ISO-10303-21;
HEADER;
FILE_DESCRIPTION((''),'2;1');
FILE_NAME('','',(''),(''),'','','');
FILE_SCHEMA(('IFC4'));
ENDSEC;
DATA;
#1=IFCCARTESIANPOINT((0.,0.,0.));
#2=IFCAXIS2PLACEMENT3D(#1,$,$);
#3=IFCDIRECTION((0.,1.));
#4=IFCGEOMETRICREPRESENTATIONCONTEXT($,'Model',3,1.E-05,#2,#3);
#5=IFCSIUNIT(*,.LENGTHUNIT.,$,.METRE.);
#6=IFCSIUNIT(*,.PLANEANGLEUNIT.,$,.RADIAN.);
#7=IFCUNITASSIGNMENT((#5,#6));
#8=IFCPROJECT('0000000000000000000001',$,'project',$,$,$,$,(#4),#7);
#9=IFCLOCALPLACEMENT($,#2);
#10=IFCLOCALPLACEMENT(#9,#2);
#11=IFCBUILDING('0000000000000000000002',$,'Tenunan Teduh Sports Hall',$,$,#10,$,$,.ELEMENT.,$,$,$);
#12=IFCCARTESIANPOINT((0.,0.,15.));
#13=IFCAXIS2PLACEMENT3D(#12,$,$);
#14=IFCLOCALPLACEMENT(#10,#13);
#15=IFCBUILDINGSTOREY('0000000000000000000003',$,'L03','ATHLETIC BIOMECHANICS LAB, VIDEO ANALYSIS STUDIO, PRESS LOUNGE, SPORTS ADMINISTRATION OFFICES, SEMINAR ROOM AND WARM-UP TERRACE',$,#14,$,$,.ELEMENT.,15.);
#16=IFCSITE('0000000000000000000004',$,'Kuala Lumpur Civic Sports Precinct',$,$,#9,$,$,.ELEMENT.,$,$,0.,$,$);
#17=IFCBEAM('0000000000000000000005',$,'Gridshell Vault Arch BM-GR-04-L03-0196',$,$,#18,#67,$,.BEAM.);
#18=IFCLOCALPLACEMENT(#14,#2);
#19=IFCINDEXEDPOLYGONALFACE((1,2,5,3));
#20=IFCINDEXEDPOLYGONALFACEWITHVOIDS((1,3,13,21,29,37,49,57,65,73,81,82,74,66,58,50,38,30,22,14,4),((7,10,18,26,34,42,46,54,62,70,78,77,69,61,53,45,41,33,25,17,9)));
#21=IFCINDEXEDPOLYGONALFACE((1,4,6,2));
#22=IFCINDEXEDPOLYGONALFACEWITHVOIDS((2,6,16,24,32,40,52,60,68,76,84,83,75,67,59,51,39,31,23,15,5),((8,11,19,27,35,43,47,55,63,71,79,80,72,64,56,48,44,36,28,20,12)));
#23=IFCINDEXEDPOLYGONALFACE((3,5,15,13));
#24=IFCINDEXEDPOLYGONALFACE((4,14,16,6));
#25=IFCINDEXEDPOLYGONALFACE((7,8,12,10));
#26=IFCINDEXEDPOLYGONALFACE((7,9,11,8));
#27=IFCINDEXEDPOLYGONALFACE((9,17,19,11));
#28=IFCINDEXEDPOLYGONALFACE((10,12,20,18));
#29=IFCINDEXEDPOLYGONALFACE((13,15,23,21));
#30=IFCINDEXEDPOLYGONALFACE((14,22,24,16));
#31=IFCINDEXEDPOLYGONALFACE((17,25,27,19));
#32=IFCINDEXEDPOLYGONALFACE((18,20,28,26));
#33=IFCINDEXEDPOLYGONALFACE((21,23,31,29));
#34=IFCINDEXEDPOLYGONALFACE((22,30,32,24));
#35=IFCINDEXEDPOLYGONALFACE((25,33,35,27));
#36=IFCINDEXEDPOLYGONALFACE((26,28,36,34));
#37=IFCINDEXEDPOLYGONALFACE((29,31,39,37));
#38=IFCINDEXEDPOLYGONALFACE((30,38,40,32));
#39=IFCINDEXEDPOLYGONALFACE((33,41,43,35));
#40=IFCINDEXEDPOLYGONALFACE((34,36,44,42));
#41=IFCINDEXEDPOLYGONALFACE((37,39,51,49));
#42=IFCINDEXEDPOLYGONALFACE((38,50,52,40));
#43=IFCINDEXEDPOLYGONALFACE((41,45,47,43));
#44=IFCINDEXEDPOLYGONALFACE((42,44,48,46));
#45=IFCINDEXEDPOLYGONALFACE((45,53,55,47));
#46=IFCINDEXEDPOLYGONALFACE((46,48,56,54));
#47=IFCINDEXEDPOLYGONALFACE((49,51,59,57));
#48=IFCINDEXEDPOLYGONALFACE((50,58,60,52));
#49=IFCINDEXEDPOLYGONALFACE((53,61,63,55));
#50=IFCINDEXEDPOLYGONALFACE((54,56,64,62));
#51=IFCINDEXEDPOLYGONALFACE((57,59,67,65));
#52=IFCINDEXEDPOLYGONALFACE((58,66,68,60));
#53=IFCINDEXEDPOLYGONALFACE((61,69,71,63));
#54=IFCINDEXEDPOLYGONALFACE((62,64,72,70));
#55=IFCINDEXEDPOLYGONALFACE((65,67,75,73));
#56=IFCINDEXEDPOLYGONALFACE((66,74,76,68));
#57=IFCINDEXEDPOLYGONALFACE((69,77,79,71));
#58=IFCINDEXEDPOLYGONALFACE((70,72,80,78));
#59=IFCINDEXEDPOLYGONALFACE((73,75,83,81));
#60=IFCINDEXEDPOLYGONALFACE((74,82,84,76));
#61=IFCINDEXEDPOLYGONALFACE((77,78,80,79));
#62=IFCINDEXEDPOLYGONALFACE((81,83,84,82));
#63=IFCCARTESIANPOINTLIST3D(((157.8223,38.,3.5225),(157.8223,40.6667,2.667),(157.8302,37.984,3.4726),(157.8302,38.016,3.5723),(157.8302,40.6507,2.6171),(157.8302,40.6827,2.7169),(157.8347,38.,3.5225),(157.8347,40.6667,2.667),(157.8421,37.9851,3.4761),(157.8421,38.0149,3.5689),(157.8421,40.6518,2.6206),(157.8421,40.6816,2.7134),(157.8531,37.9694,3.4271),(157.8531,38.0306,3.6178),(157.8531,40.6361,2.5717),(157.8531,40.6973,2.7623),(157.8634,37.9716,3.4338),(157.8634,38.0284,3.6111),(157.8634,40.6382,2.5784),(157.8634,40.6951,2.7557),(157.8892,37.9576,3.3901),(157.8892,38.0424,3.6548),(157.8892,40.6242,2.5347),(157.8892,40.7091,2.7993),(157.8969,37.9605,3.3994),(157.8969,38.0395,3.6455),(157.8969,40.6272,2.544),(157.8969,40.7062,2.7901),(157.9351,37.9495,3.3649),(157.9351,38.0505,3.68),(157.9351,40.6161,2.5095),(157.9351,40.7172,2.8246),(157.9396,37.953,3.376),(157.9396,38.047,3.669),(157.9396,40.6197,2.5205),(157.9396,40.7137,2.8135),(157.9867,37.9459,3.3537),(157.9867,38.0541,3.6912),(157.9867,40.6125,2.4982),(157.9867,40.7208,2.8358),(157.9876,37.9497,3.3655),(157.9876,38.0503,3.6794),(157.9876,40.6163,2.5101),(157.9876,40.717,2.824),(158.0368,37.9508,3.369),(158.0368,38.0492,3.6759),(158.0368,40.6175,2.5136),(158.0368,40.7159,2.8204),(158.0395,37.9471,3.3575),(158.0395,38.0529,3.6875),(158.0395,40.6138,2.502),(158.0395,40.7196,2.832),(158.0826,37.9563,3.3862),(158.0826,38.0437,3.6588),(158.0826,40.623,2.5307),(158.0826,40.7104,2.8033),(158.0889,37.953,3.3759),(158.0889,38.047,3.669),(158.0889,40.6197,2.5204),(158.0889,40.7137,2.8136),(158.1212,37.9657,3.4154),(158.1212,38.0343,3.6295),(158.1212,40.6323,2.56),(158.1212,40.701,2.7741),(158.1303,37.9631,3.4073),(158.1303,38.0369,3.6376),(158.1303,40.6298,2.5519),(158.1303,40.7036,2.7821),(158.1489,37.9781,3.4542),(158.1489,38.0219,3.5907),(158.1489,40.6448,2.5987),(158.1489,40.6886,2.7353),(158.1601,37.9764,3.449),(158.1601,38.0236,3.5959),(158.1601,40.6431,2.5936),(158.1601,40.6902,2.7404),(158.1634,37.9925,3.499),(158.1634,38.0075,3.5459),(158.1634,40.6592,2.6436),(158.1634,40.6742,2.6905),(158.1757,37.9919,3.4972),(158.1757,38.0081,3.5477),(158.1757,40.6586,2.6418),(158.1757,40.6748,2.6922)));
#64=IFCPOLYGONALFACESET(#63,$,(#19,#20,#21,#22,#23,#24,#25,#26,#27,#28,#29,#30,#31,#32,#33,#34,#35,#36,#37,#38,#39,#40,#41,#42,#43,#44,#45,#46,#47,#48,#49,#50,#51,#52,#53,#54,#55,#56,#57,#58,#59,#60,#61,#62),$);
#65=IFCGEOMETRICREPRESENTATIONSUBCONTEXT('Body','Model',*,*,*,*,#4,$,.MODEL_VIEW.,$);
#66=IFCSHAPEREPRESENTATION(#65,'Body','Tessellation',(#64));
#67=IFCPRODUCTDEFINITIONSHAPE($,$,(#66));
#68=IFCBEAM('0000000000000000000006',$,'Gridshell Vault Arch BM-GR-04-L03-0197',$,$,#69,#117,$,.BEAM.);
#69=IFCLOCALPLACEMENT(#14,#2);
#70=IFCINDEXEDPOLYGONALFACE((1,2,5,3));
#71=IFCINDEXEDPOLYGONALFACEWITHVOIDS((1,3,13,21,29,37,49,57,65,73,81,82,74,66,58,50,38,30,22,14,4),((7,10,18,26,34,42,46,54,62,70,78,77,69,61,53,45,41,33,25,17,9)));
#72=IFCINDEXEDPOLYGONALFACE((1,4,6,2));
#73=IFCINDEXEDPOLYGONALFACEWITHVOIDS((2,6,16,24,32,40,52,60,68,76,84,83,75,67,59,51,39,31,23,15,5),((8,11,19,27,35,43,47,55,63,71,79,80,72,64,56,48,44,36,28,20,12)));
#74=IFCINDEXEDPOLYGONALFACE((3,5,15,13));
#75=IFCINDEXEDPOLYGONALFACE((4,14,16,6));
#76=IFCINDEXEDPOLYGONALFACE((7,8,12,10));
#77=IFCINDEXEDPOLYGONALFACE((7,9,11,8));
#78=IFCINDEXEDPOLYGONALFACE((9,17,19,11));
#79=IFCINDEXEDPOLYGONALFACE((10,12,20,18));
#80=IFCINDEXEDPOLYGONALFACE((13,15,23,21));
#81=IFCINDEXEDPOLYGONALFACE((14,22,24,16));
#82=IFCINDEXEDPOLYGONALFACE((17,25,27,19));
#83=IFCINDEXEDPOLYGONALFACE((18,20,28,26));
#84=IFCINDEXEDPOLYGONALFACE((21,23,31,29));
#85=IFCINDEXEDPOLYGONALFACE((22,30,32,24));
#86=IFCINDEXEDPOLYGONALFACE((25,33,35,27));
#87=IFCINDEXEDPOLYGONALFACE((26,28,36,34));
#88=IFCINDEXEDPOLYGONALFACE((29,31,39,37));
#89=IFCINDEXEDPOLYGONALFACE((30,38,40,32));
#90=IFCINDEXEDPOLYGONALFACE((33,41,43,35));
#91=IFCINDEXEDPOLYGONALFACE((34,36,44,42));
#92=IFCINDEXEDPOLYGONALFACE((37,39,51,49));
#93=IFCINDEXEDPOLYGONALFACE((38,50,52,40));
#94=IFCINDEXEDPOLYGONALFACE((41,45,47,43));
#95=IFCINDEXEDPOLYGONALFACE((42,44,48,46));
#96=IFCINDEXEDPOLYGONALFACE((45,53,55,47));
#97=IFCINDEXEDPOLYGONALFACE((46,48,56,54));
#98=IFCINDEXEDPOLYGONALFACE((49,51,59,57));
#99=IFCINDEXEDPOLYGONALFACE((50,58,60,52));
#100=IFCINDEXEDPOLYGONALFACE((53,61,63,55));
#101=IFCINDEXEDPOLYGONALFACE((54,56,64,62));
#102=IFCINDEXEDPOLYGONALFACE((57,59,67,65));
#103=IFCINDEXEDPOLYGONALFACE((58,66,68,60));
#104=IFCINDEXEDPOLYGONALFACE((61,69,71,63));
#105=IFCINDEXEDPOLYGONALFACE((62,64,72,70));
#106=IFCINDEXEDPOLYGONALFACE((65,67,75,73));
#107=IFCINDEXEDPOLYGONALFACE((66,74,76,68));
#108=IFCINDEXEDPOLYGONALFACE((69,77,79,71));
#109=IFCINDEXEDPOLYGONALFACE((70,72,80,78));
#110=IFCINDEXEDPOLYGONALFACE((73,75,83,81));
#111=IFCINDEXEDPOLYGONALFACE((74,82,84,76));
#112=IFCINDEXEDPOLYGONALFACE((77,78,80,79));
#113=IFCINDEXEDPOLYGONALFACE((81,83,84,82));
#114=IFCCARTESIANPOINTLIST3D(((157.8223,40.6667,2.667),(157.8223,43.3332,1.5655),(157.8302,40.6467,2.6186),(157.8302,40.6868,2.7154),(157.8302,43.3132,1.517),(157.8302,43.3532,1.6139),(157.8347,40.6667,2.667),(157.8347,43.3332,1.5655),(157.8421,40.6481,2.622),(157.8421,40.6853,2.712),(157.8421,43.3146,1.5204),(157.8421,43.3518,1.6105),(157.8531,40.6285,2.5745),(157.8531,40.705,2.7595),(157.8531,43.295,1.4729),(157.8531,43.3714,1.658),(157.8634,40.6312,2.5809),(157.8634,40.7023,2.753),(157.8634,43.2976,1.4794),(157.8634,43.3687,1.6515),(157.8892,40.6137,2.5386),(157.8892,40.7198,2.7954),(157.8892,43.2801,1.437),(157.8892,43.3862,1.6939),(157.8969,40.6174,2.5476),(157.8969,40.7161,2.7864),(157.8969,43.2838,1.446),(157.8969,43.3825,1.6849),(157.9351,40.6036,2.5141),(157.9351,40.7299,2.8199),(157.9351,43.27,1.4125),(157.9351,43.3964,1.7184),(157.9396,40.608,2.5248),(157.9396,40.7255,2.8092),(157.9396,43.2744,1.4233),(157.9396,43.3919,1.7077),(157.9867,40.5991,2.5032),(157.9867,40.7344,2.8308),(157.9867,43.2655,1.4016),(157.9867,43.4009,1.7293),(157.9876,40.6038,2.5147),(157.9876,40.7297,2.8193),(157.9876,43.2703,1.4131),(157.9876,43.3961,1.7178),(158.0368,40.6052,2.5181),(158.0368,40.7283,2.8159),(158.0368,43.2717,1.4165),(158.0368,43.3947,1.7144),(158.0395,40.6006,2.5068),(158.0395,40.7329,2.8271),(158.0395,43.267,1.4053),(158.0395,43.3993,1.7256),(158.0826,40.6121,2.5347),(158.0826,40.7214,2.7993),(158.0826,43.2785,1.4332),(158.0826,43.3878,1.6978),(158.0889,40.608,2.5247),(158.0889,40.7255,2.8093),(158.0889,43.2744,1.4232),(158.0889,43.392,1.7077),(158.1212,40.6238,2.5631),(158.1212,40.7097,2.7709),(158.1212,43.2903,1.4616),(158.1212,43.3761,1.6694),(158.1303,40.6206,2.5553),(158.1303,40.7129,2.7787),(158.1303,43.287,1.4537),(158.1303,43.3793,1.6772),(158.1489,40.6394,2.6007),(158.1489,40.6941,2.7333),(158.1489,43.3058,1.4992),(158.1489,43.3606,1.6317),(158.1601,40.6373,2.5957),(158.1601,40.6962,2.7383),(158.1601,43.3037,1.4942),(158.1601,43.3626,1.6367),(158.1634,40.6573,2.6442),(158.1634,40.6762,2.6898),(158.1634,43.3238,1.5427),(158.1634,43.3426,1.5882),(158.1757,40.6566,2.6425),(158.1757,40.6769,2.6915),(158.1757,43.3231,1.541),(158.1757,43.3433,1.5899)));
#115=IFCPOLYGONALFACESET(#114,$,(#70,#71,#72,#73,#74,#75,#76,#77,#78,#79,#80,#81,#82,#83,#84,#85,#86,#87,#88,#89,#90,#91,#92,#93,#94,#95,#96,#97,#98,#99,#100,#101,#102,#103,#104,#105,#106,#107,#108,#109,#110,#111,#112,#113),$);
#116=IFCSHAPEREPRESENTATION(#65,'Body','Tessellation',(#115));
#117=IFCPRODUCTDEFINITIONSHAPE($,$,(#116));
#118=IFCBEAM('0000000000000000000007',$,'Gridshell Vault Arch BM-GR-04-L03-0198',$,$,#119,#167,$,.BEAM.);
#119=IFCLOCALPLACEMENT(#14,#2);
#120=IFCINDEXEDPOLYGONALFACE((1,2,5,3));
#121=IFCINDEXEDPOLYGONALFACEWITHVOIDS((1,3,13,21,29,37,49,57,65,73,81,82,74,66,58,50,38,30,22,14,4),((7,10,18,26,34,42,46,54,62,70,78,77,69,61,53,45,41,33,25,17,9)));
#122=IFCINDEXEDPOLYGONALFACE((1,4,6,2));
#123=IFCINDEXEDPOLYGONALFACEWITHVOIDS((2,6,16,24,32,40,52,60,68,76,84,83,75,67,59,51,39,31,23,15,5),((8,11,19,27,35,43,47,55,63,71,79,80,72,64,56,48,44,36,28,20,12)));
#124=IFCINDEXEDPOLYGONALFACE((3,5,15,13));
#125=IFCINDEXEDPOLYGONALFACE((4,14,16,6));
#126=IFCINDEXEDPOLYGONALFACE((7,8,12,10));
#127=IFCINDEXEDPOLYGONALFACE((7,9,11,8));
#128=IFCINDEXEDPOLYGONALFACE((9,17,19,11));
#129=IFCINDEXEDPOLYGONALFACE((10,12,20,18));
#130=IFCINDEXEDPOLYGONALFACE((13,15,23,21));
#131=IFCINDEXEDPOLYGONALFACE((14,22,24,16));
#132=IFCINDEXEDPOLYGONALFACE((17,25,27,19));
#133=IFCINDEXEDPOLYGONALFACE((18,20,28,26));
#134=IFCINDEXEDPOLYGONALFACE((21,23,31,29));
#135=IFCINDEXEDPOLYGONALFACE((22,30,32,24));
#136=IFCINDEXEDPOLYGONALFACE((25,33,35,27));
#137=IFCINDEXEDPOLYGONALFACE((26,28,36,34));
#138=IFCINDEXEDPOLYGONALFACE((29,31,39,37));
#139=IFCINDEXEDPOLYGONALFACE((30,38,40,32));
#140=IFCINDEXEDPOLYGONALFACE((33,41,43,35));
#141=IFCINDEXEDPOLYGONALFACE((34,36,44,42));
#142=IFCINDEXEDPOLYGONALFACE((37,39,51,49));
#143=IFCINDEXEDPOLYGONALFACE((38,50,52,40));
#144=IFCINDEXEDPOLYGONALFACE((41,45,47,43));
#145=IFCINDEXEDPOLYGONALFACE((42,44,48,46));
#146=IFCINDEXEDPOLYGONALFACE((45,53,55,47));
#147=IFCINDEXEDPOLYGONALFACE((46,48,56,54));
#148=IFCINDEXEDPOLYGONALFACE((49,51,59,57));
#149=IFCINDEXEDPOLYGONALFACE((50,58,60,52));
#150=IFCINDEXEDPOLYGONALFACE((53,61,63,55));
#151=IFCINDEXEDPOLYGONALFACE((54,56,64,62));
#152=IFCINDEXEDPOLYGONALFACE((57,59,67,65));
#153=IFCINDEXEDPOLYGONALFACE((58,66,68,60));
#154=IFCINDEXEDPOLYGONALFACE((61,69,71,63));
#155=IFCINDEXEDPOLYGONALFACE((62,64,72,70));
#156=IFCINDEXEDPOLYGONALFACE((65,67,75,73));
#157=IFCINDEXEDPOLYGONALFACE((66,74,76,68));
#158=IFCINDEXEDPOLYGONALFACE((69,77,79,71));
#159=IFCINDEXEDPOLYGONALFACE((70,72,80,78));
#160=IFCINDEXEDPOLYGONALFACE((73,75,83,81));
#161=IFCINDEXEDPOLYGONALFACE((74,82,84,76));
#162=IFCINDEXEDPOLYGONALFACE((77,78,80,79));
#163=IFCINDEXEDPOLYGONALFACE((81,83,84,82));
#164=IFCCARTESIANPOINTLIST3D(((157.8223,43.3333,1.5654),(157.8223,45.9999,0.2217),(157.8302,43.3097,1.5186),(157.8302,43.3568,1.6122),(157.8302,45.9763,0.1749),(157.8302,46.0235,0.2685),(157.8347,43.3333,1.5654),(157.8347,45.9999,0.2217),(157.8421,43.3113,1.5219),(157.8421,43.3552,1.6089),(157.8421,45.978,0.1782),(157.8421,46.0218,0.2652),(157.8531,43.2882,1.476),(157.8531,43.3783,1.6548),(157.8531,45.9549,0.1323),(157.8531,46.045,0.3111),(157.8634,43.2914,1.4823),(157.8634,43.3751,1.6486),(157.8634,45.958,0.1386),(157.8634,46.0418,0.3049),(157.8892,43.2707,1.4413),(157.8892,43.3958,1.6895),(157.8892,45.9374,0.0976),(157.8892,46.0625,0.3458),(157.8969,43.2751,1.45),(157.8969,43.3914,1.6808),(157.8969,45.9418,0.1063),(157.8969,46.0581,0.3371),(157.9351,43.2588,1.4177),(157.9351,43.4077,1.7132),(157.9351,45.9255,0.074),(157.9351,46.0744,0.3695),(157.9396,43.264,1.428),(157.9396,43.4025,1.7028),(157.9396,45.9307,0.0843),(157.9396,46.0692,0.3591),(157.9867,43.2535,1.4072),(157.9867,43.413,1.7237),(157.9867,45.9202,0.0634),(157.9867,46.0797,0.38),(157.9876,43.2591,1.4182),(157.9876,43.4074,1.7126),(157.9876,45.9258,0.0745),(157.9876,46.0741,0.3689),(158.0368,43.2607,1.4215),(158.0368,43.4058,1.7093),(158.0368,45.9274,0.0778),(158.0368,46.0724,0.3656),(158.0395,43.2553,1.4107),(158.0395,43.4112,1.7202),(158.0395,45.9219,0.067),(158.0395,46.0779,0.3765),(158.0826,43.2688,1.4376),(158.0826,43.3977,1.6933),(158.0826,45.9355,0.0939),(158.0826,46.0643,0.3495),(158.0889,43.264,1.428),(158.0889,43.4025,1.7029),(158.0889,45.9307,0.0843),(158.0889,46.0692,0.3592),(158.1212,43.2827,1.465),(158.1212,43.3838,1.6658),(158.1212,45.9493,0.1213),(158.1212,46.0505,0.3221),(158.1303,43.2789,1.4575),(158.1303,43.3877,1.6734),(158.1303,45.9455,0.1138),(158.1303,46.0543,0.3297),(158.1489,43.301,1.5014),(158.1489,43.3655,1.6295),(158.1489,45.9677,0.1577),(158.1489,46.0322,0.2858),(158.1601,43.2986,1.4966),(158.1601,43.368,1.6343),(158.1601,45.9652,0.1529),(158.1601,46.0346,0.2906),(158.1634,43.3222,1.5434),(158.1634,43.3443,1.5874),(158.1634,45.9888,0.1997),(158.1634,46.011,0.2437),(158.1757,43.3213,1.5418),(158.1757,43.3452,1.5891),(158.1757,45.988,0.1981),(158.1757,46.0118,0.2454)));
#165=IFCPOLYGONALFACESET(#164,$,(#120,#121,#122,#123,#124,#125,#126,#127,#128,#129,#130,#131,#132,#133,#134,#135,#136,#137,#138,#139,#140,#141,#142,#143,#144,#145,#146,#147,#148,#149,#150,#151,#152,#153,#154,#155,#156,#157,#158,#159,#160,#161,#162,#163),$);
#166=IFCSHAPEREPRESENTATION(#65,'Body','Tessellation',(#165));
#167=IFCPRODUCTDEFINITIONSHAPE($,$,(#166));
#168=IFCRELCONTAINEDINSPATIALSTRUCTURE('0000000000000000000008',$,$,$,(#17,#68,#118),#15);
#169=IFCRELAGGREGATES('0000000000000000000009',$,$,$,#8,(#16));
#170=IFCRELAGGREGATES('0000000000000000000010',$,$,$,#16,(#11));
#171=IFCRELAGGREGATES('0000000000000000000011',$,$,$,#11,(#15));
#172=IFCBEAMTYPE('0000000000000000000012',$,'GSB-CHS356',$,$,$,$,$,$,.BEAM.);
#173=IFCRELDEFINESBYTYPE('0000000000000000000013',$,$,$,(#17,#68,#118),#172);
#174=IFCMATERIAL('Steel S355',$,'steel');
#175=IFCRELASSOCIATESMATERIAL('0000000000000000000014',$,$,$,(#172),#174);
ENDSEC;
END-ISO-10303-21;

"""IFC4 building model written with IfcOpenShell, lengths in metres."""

from ifc_helpers import new_model, si_unit, direction, frame, origin, origin_2d, place, context, subcontext, project, spatial, hollow_circle, extrude, material, material_profile, profile_set, type_object, element, save


model = new_model("IFC4")

# Units and contexts
model_context = context("Model", 3, precision=1e-05, world=origin(), true_north=direction((0.0, 1.0)))
body_context = subcontext(model_context, "Body", "Model", "MODEL_VIEW")
ifc_project = project(units=[si_unit("LENGTHUNIT", "METRE"), si_unit("PLANEANGLEUNIT", "RADIAN")], contexts=[model_context])

# Site, building, storey
site_placement = place(None, origin())
site = spatial("IfcSite", under=ifc_project, at=site_placement, Name="Kuala Lumpur Civic Sports Precinct", CompositionType="ELEMENT", RefElevation=0.0)
building_placement = place(site_placement, origin())
building = spatial("IfcBuilding", under=site, at=building_placement, Name="Tenunan Teduh Sports Hall", CompositionType="ELEMENT")
storey_placement = place(building_placement, frame((0.0, 0.0, 15.0)))
storey = spatial("IfcBuildingStorey", under=building, at=storey_placement, Name="L03", Description="ATHLETIC BIOMECHANICS LAB, VIDEO ANALYSIS STUDIO, PRESS LOUNGE, SPORTS ADMINISTRATION OFFICES, SEMINAR ROOM AND WARM-UP TERRACE", CompositionType="ELEMENT", Elevation=15.0)

# Beams
ifc_material_1 = material(Name="Steel S355", Category="steel")
ifc_material_profile_1 = material_profile(ifc_material_1, hollow_circle(Radius=0.1777, WallThickness=0.0125, at=origin_2d()), Name="CHS 355.6x12.5")
ifc_profile_set_1 = profile_set([ifc_material_profile_1], Name="Steel S355")
beam_type_1 = type_object("IfcBeamType", Name="GSB-CHS356", PredefinedType="BEAM", material=ifc_profile_set_1)
beam_1_placement = place(storey_placement, frame((158.0, 38.0, 3.5225), z_axis=(0.0, 0.952205, -0.305459), x_axis=(-1.0, 0.0, 0.0)))
element("IfcBeam", 1, at=beam_1_placement, inside=storey, type_object=beam_type_1, Name="Gridshell Vault Arch BM-GR-04-L03-0196", PredefinedType="BEAM", context=body_context, shape_type="SweptSolid", body=[
    extrude(hollow_circle(Radius=0.1777, WallThickness=0.0125, at=origin_2d()), origin(), (0.0, 0.0, 1.0), 2.8005),
])
beam_2_placement = place(storey_placement, frame((158.0, 40.6667, 2.667), z_axis=(0.0, 0.924239, -0.381814), x_axis=(-1.0, 0.0, 0.0)))
element("IfcBeam", 2, at=beam_2_placement, inside=storey, type_object=beam_type_1, Name="Gridshell Vault Arch BM-GR-04-L03-0197", PredefinedType="BEAM", context=body_context, shape_type="SweptSolid", body=[
    extrude(hollow_circle(Radius=0.1777, WallThickness=0.0125, at=origin_2d()), origin(), (0.0, 0.0, 1.0), 2.885),
])
beam_3_placement = place(storey_placement, frame((158.0, 43.3333, 1.5654), z_axis=(0.0, 0.893033, -0.449991), x_axis=(-1.0, 0.0, 0.0)))
element("IfcBeam", 3, at=beam_3_placement, inside=storey, type_object=beam_type_1, Name="Gridshell Vault Arch BM-GR-04-L03-0198", PredefinedType="BEAM", context=body_context, shape_type="SweptSolid", body=[
    extrude(hollow_circle(Radius=0.1777, WallThickness=0.0125, at=origin_2d()), origin(), (0.0, 0.0, 1.0), 2.9861),
])

save(model, "model.ifc")
